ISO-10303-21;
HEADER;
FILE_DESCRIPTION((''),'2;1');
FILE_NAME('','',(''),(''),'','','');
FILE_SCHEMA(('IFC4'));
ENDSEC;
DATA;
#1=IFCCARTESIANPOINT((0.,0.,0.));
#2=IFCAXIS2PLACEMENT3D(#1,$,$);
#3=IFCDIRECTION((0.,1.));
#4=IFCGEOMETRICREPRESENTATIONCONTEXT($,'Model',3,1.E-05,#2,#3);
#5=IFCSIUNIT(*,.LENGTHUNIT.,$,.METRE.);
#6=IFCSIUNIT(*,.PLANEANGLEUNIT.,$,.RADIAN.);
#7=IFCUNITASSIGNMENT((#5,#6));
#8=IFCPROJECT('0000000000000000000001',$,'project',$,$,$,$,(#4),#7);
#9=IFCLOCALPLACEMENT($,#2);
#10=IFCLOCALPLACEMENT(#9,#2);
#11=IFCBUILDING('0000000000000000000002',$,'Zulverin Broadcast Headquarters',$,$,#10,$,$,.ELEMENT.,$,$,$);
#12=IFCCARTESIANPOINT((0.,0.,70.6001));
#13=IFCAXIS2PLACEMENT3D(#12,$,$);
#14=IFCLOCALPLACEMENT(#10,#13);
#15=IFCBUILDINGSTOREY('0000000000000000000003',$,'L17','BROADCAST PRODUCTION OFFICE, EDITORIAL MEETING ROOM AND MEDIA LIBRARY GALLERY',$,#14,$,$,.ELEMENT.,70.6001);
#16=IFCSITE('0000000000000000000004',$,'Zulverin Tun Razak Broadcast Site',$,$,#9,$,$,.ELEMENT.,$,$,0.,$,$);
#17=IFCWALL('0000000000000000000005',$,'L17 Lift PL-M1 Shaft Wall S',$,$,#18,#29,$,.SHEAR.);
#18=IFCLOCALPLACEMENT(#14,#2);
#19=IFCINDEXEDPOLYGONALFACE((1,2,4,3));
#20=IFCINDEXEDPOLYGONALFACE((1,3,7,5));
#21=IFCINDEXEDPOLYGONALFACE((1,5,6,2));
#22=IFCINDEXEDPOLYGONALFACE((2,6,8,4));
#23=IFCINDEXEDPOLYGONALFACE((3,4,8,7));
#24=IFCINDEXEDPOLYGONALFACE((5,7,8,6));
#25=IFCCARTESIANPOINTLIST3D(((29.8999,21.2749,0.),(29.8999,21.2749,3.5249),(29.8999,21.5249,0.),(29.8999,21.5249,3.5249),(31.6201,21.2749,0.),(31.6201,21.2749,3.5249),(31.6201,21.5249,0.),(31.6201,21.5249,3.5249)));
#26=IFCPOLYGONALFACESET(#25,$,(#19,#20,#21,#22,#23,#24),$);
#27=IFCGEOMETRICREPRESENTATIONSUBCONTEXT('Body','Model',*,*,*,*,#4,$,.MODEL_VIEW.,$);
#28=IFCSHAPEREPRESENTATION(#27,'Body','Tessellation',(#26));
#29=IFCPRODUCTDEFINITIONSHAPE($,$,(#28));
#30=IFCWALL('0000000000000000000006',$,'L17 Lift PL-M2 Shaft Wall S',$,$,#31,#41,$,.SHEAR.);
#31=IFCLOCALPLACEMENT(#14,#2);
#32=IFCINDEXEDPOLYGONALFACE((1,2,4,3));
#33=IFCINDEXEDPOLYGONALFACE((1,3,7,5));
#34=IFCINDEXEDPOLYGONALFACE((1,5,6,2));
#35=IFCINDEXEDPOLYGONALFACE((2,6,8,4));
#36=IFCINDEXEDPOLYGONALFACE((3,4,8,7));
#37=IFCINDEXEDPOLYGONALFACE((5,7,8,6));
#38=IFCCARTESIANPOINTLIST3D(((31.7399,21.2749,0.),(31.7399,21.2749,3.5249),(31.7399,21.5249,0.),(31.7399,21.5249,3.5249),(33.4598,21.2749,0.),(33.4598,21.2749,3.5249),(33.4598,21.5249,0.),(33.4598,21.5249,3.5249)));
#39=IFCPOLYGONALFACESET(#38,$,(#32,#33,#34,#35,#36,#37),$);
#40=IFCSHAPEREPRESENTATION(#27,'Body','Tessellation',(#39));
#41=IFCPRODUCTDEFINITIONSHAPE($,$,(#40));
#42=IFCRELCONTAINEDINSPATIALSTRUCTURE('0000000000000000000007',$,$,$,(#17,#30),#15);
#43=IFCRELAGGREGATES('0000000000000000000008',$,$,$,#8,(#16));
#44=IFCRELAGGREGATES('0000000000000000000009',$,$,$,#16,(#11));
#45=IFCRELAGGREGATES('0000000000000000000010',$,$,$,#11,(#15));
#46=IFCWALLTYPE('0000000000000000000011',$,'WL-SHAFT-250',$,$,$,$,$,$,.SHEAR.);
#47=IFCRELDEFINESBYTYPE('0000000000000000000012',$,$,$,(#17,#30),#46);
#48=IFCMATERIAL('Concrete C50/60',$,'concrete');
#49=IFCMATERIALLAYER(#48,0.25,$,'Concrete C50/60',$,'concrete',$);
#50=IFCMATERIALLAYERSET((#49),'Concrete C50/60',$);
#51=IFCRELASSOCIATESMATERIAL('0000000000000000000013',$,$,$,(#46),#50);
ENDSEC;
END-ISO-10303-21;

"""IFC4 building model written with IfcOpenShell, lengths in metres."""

from ifc_helpers import new_model, si_unit, direction, frame, frame_2d, origin, place, context, subcontext, project, spatial, rectangle, extrude, material, layer, layer_set, type_object, element, save


model = new_model("IFC4")

# Units and contexts
model_context = context("Model", 3, precision=1e-05, world=origin(), true_north=direction((0.0, 1.0)))
body_context = subcontext(model_context, "Body", "Model", "MODEL_VIEW")
ifc_project = project(units=[si_unit("LENGTHUNIT", "METRE"), si_unit("PLANEANGLEUNIT", "RADIAN")], contexts=[model_context])

# Site, building, storey
site_placement = place(None, origin())
site = spatial("IfcSite", under=ifc_project, at=site_placement, Name="Zulverin Tun Razak Broadcast Site", CompositionType="ELEMENT", RefElevation=0.0)
building_placement = place(site_placement, origin())
building = spatial("IfcBuilding", under=site, at=building_placement, Name="Zulverin Broadcast Headquarters", CompositionType="ELEMENT")
storey_placement = place(building_placement, frame((0.0, 0.0, 70.6001)))
storey = spatial("IfcBuildingStorey", under=building, at=storey_placement, Name="L17", Description="BROADCAST PRODUCTION OFFICE, EDITORIAL MEETING ROOM AND MEDIA LIBRARY GALLERY", CompositionType="ELEMENT", Elevation=70.6001)

# Walls
ifc_material_1 = material(Name="Concrete C50/60", Category="concrete")
ifc_layer_1 = layer(ifc_material_1, 0.25, Name="Concrete C50/60", Category="concrete")
ifc_layer_set_1 = layer_set([ifc_layer_1], Name="Concrete C50/60")
wall_type_1 = type_object("IfcWallType", Name="WL-SHAFT-250", PredefinedType="SHEAR", material=ifc_layer_set_1)
wall_1_placement = place(storey_placement, frame((29.8999, 21.3999, 0.0), z_axis=(0.0, 0.0, 1.0), x_axis=(1.0, 0.0, 0.0)))
element("IfcWall", 1, at=wall_1_placement, inside=storey, type_object=wall_type_1, Name="L17 Lift PL-M1 Shaft Wall S", PredefinedType="SHEAR", context=body_context, shape_type="SweptSolid", body=[
    extrude(rectangle(XDim=1.7202, YDim=0.25, at=frame_2d((0.8601, 0.0))), origin(), (0.0, 0.0, 1.0), 3.5249),
])
wall_2_placement = place(storey_placement, frame((31.74, 21.3999, 0.0), z_axis=(0.0, 0.0, 1.0), x_axis=(1.0, 0.0, 0.0)))
element("IfcWall", 2, at=wall_2_placement, inside=storey, type_object=wall_type_1, Name="L17 Lift PL-M2 Shaft Wall S", PredefinedType="SHEAR", context=body_context, shape_type="SweptSolid", body=[
    extrude(rectangle(XDim=1.72, YDim=0.25, at=frame_2d((0.8599, 0.0))), origin(), (0.0, 0.0, 1.0), 3.5249),
])

save(model, "model.ifc")
